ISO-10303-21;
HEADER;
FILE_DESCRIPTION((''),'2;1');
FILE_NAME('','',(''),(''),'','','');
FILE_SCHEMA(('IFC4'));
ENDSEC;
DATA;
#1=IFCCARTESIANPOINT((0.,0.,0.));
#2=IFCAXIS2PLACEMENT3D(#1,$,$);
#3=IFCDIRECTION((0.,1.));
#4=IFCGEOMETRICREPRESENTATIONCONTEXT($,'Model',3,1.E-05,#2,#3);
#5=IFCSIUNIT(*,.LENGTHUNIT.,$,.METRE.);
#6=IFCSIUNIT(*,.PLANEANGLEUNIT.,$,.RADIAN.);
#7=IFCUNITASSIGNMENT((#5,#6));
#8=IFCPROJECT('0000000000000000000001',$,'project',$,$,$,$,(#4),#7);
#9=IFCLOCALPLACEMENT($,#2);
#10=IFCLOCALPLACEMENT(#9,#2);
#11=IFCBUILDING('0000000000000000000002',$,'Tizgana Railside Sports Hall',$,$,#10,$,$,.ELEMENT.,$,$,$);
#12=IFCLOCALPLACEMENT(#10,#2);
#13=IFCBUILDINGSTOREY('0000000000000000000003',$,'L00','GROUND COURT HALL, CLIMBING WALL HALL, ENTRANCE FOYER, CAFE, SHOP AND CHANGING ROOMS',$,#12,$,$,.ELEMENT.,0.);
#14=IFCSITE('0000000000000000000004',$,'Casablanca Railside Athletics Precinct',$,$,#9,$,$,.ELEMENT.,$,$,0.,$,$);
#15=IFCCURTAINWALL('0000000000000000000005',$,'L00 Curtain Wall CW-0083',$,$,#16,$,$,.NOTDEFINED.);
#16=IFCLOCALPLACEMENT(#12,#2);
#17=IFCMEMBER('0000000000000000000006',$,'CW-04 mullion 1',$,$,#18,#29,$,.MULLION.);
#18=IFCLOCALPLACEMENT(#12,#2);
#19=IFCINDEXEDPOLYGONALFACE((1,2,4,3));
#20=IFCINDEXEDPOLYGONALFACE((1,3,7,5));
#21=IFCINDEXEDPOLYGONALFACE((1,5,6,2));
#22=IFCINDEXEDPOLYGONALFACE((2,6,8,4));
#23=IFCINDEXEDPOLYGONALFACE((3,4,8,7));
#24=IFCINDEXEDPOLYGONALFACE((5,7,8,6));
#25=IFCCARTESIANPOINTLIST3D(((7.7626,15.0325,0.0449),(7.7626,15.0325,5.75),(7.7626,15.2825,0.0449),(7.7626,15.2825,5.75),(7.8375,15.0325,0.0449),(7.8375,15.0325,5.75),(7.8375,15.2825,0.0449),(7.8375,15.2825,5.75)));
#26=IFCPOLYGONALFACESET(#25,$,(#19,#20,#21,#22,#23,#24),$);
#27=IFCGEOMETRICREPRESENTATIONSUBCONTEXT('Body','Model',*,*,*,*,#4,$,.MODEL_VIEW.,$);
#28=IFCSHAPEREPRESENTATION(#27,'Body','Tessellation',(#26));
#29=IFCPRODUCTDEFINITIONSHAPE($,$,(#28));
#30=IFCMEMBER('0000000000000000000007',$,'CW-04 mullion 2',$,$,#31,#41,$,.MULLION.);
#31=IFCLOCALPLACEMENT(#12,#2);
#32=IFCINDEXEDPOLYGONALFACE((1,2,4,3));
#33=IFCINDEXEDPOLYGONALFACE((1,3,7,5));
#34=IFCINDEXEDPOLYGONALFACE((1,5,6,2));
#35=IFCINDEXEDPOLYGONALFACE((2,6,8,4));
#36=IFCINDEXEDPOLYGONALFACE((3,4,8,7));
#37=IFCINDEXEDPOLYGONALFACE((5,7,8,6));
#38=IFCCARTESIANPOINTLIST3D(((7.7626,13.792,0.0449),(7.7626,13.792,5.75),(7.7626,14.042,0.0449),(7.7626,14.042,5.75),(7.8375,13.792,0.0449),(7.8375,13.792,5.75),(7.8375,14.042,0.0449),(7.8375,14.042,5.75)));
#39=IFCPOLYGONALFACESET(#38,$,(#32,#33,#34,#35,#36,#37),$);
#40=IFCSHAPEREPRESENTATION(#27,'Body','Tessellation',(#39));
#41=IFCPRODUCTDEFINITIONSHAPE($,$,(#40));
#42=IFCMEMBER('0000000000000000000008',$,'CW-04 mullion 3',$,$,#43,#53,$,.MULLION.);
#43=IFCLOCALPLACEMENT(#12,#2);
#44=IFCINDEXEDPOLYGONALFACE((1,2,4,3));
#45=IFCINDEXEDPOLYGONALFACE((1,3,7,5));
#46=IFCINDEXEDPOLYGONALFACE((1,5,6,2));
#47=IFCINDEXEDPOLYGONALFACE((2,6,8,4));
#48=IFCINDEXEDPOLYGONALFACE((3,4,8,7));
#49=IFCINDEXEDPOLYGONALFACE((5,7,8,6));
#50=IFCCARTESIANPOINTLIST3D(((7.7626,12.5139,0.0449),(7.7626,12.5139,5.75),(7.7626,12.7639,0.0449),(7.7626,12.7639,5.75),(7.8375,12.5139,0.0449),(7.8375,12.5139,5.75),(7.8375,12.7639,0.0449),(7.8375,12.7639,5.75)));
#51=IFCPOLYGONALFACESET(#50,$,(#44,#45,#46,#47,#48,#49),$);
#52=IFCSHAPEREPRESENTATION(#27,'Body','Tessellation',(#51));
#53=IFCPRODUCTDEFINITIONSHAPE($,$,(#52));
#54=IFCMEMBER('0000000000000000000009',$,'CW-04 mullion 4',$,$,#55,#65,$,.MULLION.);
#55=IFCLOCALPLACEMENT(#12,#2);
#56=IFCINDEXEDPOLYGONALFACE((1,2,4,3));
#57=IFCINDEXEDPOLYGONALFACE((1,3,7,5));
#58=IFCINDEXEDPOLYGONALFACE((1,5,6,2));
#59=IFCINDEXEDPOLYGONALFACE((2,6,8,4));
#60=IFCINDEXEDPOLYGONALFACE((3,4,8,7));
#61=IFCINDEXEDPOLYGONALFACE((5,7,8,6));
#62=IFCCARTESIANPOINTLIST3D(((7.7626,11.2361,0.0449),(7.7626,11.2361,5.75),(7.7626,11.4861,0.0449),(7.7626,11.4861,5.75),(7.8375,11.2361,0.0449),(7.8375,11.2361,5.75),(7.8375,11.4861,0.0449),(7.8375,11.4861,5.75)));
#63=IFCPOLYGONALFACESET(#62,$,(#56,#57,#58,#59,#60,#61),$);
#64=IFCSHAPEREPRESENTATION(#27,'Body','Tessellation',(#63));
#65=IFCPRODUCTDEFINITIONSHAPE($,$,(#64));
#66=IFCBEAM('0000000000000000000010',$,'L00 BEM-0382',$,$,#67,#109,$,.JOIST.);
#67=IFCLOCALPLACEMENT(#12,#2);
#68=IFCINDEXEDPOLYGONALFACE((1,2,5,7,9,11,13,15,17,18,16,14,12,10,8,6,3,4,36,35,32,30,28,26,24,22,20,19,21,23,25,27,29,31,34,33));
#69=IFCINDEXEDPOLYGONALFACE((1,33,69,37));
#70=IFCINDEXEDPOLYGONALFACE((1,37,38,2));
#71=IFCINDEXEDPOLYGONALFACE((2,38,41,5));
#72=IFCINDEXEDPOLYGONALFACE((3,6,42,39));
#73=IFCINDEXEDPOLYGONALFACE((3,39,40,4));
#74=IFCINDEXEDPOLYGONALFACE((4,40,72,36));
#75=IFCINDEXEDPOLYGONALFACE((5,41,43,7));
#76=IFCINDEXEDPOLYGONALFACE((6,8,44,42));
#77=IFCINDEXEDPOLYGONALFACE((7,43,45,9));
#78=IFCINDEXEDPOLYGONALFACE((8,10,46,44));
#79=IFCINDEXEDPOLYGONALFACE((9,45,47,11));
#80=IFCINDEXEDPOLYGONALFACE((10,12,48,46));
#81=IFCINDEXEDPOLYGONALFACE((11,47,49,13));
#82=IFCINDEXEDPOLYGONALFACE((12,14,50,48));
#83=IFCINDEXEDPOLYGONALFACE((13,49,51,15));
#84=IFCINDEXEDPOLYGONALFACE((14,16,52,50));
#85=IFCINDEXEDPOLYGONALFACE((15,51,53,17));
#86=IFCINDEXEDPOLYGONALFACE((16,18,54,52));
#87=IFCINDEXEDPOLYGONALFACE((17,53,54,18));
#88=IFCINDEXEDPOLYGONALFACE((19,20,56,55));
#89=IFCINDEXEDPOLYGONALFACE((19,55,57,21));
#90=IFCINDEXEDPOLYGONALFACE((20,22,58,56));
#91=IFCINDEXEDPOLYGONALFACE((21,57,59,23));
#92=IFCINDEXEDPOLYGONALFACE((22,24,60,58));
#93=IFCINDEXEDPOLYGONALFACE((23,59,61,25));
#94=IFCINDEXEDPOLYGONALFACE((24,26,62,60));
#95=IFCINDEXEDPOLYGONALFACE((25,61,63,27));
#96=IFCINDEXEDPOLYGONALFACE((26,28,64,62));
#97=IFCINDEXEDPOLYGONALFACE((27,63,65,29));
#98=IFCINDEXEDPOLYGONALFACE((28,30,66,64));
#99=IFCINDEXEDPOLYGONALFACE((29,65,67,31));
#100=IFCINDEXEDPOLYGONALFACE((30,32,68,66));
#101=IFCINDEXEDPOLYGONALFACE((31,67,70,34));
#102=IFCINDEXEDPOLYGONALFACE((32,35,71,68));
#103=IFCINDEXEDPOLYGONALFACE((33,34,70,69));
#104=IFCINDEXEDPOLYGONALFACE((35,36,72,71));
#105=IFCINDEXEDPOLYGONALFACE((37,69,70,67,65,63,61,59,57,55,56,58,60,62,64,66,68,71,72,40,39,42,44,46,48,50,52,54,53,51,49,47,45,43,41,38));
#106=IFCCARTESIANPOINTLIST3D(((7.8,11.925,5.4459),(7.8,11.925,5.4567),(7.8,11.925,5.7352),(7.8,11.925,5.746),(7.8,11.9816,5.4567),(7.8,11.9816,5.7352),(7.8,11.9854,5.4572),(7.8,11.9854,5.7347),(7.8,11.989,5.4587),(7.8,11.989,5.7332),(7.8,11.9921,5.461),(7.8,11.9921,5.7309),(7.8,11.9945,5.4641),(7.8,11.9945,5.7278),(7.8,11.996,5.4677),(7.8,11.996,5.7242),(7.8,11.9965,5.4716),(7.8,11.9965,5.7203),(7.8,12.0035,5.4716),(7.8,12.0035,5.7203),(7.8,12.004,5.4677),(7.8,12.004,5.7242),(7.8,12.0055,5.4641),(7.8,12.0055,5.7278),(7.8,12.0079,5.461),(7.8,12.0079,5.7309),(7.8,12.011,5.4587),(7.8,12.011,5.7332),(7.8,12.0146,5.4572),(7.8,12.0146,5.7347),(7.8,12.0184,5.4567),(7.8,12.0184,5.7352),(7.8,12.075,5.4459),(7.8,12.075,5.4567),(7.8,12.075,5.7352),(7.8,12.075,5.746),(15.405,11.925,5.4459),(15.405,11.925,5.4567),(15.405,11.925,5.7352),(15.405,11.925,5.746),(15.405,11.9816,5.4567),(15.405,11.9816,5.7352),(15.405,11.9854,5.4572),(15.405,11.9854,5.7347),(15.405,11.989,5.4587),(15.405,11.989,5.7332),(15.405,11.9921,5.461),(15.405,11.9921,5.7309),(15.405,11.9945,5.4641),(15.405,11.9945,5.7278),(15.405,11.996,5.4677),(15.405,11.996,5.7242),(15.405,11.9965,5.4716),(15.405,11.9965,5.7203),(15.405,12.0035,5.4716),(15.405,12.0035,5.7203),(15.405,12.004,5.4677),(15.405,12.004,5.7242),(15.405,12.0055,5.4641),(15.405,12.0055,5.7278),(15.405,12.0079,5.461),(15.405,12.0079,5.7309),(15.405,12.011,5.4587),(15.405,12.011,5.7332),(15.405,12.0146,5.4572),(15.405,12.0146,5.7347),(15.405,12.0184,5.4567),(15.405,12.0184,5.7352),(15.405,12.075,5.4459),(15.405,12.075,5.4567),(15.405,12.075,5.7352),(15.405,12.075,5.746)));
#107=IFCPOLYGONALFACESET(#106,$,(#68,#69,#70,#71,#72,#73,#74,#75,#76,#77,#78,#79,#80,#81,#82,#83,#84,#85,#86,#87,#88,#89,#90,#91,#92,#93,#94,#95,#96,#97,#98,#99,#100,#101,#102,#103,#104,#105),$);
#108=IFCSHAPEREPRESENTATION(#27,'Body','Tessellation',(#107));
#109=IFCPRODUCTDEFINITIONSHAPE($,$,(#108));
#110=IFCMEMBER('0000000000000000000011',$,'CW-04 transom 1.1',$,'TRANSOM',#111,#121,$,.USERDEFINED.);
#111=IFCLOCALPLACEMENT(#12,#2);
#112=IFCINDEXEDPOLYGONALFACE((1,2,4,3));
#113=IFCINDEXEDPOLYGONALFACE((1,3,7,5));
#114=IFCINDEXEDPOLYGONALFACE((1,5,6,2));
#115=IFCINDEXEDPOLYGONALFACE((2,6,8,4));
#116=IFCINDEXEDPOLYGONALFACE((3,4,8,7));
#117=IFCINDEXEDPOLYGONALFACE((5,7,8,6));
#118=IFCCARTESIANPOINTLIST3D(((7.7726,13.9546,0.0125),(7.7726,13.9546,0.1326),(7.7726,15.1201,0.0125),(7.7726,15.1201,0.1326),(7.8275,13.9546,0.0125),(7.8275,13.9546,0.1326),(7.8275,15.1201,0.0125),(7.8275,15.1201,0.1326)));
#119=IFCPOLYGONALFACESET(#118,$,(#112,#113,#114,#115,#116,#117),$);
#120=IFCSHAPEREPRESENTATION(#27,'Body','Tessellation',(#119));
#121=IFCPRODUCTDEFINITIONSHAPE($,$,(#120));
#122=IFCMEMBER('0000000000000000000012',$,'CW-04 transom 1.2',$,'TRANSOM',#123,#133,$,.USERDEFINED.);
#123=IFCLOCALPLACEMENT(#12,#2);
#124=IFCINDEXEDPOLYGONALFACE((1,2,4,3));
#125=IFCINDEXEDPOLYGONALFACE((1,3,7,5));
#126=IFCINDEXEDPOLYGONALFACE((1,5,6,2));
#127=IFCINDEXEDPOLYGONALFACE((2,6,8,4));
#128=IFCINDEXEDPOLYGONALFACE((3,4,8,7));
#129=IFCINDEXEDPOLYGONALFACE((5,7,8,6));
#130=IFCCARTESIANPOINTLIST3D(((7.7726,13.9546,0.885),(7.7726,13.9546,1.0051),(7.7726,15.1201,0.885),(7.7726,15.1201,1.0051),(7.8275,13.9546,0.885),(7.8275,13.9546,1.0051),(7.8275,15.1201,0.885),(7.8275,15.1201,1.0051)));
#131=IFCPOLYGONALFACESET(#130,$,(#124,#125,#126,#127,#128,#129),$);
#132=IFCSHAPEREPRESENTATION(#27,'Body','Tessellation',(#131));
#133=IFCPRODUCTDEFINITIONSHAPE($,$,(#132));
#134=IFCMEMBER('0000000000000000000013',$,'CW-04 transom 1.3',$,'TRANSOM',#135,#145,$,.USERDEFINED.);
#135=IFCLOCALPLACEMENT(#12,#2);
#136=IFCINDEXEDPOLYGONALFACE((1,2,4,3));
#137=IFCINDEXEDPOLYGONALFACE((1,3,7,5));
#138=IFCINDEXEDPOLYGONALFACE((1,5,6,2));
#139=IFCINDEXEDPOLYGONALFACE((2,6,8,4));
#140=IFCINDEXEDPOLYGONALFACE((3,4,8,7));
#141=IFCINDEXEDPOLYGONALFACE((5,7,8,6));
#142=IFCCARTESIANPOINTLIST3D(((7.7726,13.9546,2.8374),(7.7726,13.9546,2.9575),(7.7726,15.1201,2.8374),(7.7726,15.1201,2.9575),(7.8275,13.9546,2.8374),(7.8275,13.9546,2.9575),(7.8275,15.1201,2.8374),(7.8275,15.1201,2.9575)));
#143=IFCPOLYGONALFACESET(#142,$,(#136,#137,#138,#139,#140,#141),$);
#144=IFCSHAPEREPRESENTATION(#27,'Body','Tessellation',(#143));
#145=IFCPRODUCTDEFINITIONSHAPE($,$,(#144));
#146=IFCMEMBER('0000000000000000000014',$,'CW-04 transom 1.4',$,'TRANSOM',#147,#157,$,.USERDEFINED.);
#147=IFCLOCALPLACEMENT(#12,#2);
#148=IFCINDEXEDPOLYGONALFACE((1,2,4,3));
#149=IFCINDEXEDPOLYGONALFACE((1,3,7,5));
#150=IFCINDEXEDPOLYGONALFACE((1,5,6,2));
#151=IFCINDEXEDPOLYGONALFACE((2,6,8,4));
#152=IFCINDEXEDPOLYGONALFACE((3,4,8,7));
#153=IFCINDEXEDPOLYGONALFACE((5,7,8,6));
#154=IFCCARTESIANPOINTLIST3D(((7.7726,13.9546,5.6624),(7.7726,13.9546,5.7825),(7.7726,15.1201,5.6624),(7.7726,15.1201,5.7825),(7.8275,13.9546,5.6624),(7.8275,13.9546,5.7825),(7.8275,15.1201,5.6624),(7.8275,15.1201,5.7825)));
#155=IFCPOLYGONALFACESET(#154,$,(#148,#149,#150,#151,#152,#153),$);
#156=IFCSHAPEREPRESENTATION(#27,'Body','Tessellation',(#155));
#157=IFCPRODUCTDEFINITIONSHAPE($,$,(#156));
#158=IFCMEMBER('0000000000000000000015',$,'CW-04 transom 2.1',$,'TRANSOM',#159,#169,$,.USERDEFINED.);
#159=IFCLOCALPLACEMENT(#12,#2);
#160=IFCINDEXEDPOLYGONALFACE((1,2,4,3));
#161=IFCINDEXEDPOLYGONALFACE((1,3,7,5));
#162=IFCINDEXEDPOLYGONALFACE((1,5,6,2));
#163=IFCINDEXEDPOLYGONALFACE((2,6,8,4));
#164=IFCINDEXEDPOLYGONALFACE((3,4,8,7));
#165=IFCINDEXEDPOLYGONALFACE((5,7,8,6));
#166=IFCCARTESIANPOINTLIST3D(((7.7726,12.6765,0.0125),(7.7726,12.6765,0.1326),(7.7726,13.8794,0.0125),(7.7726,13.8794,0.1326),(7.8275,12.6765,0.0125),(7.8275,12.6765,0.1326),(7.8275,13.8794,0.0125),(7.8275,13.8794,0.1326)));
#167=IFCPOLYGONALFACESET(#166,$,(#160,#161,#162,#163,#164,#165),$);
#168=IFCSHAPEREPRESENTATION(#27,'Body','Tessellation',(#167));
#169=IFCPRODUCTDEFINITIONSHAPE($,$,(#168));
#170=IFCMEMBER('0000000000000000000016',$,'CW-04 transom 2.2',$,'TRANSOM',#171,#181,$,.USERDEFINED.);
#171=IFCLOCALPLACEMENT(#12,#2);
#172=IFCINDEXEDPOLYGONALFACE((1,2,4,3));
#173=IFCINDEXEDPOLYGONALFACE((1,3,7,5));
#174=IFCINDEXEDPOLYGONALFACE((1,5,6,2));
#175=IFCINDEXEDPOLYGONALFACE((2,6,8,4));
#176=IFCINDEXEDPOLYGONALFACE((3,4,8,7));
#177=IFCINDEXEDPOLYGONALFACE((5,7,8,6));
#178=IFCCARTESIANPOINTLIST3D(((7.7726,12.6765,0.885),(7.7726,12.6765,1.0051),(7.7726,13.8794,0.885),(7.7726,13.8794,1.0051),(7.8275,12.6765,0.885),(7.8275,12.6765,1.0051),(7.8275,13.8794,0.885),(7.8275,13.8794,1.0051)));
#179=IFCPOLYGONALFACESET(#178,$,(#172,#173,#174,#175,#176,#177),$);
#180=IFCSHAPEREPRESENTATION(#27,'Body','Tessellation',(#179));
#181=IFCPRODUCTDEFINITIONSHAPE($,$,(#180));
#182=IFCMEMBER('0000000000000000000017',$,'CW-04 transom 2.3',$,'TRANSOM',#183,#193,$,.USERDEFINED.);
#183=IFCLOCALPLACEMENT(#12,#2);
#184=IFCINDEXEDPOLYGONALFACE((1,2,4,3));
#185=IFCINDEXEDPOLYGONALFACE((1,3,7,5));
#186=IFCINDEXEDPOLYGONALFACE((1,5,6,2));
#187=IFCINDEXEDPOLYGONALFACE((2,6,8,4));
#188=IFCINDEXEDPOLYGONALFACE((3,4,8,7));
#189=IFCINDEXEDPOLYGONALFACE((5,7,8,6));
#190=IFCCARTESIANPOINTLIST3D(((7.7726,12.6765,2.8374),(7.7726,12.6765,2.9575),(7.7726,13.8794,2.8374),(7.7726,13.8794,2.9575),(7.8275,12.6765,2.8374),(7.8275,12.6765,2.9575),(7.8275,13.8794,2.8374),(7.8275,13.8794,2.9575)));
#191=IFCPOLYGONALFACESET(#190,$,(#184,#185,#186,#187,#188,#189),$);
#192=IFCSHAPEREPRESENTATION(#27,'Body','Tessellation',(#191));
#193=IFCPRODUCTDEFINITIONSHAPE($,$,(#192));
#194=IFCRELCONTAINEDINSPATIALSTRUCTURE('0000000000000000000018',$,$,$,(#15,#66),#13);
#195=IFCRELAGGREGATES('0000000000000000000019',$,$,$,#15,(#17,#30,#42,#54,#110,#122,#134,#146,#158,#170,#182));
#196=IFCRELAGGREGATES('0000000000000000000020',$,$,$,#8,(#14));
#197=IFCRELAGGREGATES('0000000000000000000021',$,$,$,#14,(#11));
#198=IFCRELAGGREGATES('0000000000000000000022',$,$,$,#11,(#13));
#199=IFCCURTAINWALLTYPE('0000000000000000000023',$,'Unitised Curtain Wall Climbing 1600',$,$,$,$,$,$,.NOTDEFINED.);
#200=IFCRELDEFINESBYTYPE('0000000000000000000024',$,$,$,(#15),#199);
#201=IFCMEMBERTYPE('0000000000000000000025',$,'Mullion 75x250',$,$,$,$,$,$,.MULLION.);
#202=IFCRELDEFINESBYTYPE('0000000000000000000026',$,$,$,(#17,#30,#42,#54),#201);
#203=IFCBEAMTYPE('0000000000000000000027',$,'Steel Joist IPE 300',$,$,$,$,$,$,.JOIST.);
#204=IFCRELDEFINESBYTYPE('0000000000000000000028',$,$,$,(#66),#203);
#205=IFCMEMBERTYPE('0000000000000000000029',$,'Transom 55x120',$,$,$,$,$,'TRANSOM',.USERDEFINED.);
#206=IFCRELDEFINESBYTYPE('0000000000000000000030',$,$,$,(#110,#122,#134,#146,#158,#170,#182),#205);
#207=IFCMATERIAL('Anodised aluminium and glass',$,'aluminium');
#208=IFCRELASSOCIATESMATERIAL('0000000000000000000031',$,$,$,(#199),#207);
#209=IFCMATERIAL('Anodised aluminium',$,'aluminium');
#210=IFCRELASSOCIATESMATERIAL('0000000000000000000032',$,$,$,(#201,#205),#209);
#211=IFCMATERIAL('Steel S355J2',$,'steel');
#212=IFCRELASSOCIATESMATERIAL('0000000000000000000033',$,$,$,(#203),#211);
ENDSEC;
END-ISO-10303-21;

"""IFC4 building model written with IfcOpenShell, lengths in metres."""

from ifc_helpers import new_model, si_unit, direction, frame, origin, origin_2d, place, context, subcontext, project, spatial, rectangle, i_section, extrude, material, material_profile, profile_set, type_object, element, aggregate, save


model = new_model("IFC4")

# Units and contexts
model_context = context("Model", 3, precision=1e-05, world=origin(), true_north=direction((0.0, 1.0)))
body_context = subcontext(model_context, "Body", "Model", "MODEL_VIEW")
ifc_project = project(units=[si_unit("LENGTHUNIT", "METRE"), si_unit("PLANEANGLEUNIT", "RADIAN")], contexts=[model_context])

# Site, building, storey
site_placement = place(None, origin())
site = spatial("IfcSite", under=ifc_project, at=site_placement, Name="Casablanca Railside Athletics Precinct", CompositionType="ELEMENT", RefElevation=0.0)
building_placement = place(site_placement, origin())
building = spatial("IfcBuilding", under=site, at=building_placement, Name="Tizgana Railside Sports Hall", CompositionType="ELEMENT")
storey_placement = place(building_placement, origin())
storey = spatial("IfcBuildingStorey", under=building, at=storey_placement, Name="L00", Description="GROUND COURT HALL, CLIMBING WALL HALL, ENTRANCE FOYER, CAFE, SHOP AND CHANGING ROOMS", CompositionType="ELEMENT", Elevation=0.0)

# Curtain wall, members
ifc_material_1 = material(Name="Anodised aluminium and glass", Category="aluminium")
curtain_wall_type = type_object("IfcCurtainWallType", Name="Unitised Curtain Wall Climbing 1600", PredefinedType="NOTDEFINED", material=ifc_material_1)
curtain_wall_placement = place(storey_placement, origin())
curtain_wall = element("IfcCurtainWall", 1, at=curtain_wall_placement, inside=storey, type_object=curtain_wall_type, Name="L00 Curtain Wall CW-0083", PredefinedType="NOTDEFINED")
ifc_material_2 = material(Name="Anodised aluminium", Category="aluminium")
ifc_material_profile_1 = material_profile(ifc_material_2, rectangle(XDim=0.075, YDim=0.25, at=origin_2d()), Name="Mullion 75x250")
ifc_profile_set_1 = profile_set([ifc_material_profile_1], Name="Anodised aluminium")
member_type_1 = type_object("IfcMemberType", Name="Mullion 75x250", PredefinedType="MULLION", material=ifc_profile_set_1)
member_1_placement = place(storey_placement, frame((7.8, 15.1575, 0.0449), z_axis=(0.0, 0.0, 1.0), x_axis=(1.0, 0.0, 0.0)))
member_1 = element("IfcMember", 2, at=member_1_placement, type_object=member_type_1, Name="CW-04 mullion 1", PredefinedType="MULLION", context=body_context, shape_type="SweptSolid", body=[
    extrude(rectangle(XDim=0.075, YDim=0.25, at=origin_2d()), origin(), (0.0, 0.0, 1.0), 5.7051),
])
member_2_placement = place(storey_placement, frame((7.8, 13.917, 0.0449), z_axis=(0.0, 0.0, 1.0), x_axis=(1.0, 0.0, 0.0)))
member_2 = element("IfcMember", 3, at=member_2_placement, type_object=member_type_1, Name="CW-04 mullion 2", PredefinedType="MULLION", context=body_context, shape_type="SweptSolid", body=[
    extrude(rectangle(XDim=0.075, YDim=0.25, at=origin_2d()), origin(), (0.0, 0.0, 1.0), 5.7051),
])
member_3_placement = place(storey_placement, frame((7.8, 12.6389, 0.0449), z_axis=(0.0, 0.0, 1.0), x_axis=(1.0, 0.0, 0.0)))
member_3 = element("IfcMember", 4, at=member_3_placement, type_object=member_type_1, Name="CW-04 mullion 3", PredefinedType="MULLION", context=body_context, shape_type="SweptSolid", body=[
    extrude(rectangle(XDim=0.075, YDim=0.25, at=origin_2d()), origin(), (0.0, 0.0, 1.0), 5.7051),
])
member_4_placement = place(storey_placement, frame((7.8, 11.3611, 0.0449), z_axis=(0.0, 0.0, 1.0), x_axis=(1.0, 0.0, 0.0)))
member_4 = element("IfcMember", 5, at=member_4_placement, type_object=member_type_1, Name="CW-04 mullion 4", PredefinedType="MULLION", context=body_context, shape_type="SweptSolid", body=[
    extrude(rectangle(XDim=0.075, YDim=0.25, at=origin_2d()), origin(), (0.0, 0.0, 1.0), 5.7051),
])

# Beam
ifc_material_3 = material(Name="Steel S355J2", Category="steel")
ifc_material_profile_2 = material_profile(ifc_material_3, i_section(OverallWidth=0.1499, OverallDepth=0.3, WebThickness=0.0071, FlangeThickness=0.0107, FilletRadius=0.0149, at=origin_2d()), Name="IPE 300")
ifc_profile_set_2 = profile_set([ifc_material_profile_2], Name="Steel S355J2")
beam_type = type_object("IfcBeamType", Name="Steel Joist IPE 300", PredefinedType="JOIST", material=ifc_profile_set_2)
beam_placement = place(storey_placement, frame((7.8, 12.0, 5.5959), z_axis=(1.0, 0.0, 0.0), x_axis=(0.0, 1.0, 0.0)))
element("IfcBeam", 6, at=beam_placement, inside=storey, type_object=beam_type, Name="L00 BEM-0382", PredefinedType="JOIST", context=body_context, shape_type="SweptSolid", body=[
    extrude(i_section(OverallWidth=0.1499, OverallDepth=0.3, WebThickness=0.0071, FlangeThickness=0.0107, FilletRadius=0.0149, at=origin_2d()), origin(), (0.0, 0.0, 1.0), 7.605),
])

# Members
ifc_material_profile_3 = material_profile(ifc_material_2, rectangle(XDim=0.0549, YDim=0.1201, at=origin_2d()), Name="Transom 55x120")
ifc_profile_set_3 = profile_set([ifc_material_profile_3], Name="Anodised aluminium")
member_type_2 = type_object("IfcMemberType", Name="Transom 55x120", ElementType="TRANSOM", PredefinedType="USERDEFINED", material=ifc_profile_set_3)
member_5_placement = place(storey_placement, frame((7.8, 15.1201, 0.0725), z_axis=(0.0, -1.0, 0.0), x_axis=(1.0, 0.0, 0.0)))
member_5 = element("IfcMember", 7, at=member_5_placement, type_object=member_type_2, Name="CW-04 transom 1.1", ObjectType="TRANSOM", PredefinedType="USERDEFINED", context=body_context, shape_type="SweptSolid", body=[
    extrude(rectangle(XDim=0.0549, YDim=0.1201, at=origin_2d()), origin(), (0.0, 0.0, 1.0), 1.1655),
])
member_6_placement = place(storey_placement, frame((7.8, 15.1201, 0.9451), z_axis=(0.0, -1.0, 0.0), x_axis=(1.0, 0.0, 0.0)))
member_6 = element("IfcMember", 8, at=member_6_placement, type_object=member_type_2, Name="CW-04 transom 1.2", ObjectType="TRANSOM", PredefinedType="USERDEFINED", context=body_context, shape_type="SweptSolid", body=[
    extrude(rectangle(XDim=0.0549, YDim=0.1201, at=origin_2d()), origin(), (0.0, 0.0, 1.0), 1.1655),
])
member_7_placement = place(storey_placement, frame((7.8, 15.1201, 2.8975), z_axis=(0.0, -1.0, 0.0), x_axis=(1.0, 0.0, 0.0)))
member_7 = element("IfcMember", 9, at=member_7_placement, type_object=member_type_2, Name="CW-04 transom 1.3", ObjectType="TRANSOM", PredefinedType="USERDEFINED", context=body_context, shape_type="SweptSolid", body=[
    extrude(rectangle(XDim=0.0549, YDim=0.1201, at=origin_2d()), origin(), (0.0, 0.0, 1.0), 1.1655),
])
member_8_placement = place(storey_placement, frame((7.8, 15.1201, 5.7224), z_axis=(0.0, -1.0, 0.0), x_axis=(1.0, 0.0, 0.0)))
member_8 = element("IfcMember", 10, at=member_8_placement, type_object=member_type_2, Name="CW-04 transom 1.4", ObjectType="TRANSOM", PredefinedType="USERDEFINED", context=body_context, shape_type="SweptSolid", body=[
    extrude(rectangle(XDim=0.0549, YDim=0.1201, at=origin_2d()), origin(), (0.0, 0.0, 1.0), 1.1655),
])
member_9_placement = place(storey_placement, frame((7.8, 13.8794, 0.0725), z_axis=(0.0, -1.0, 0.0), x_axis=(1.0, 0.0, 0.0)))
member_9 = element("IfcMember", 11, at=member_9_placement, type_object=member_type_2, Name="CW-04 transom 2.1", ObjectType="TRANSOM", PredefinedType="USERDEFINED", context=body_context, shape_type="SweptSolid", body=[
    extrude(rectangle(XDim=0.0549, YDim=0.1201, at=origin_2d()), origin(), (0.0, 0.0, 1.0), 1.2029),
])
member_10_placement = place(storey_placement, frame((7.8, 13.8794, 0.9451), z_axis=(0.0, -1.0, 0.0), x_axis=(1.0, 0.0, 0.0)))
member_10 = element("IfcMember", 12, at=member_10_placement, type_object=member_type_2, Name="CW-04 transom 2.2", ObjectType="TRANSOM", PredefinedType="USERDEFINED", context=body_context, shape_type="SweptSolid", body=[
    extrude(rectangle(XDim=0.0549, YDim=0.1201, at=origin_2d()), origin(), (0.0, 0.0, 1.0), 1.2029),
])
member_11_placement = place(storey_placement, frame((7.8, 13.8794, 2.8975), z_axis=(0.0, -1.0, 0.0), x_axis=(1.0, 0.0, 0.0)))
member_11 = element("IfcMember", 13, at=member_11_placement, type_object=member_type_2, Name="CW-04 transom 2.3", ObjectType="TRANSOM", PredefinedType="USERDEFINED", context=body_context, shape_type="SweptSolid", body=[
    extrude(rectangle(XDim=0.0549, YDim=0.1201, at=origin_2d()), origin(), (0.0, 0.0, 1.0), 1.2029),
])

aggregate(curtain_wall, [member_1, member_2, member_3, member_4, member_5, member_6, member_7, member_8, member_9, member_10, member_11])

save(model, "model.ifc")
